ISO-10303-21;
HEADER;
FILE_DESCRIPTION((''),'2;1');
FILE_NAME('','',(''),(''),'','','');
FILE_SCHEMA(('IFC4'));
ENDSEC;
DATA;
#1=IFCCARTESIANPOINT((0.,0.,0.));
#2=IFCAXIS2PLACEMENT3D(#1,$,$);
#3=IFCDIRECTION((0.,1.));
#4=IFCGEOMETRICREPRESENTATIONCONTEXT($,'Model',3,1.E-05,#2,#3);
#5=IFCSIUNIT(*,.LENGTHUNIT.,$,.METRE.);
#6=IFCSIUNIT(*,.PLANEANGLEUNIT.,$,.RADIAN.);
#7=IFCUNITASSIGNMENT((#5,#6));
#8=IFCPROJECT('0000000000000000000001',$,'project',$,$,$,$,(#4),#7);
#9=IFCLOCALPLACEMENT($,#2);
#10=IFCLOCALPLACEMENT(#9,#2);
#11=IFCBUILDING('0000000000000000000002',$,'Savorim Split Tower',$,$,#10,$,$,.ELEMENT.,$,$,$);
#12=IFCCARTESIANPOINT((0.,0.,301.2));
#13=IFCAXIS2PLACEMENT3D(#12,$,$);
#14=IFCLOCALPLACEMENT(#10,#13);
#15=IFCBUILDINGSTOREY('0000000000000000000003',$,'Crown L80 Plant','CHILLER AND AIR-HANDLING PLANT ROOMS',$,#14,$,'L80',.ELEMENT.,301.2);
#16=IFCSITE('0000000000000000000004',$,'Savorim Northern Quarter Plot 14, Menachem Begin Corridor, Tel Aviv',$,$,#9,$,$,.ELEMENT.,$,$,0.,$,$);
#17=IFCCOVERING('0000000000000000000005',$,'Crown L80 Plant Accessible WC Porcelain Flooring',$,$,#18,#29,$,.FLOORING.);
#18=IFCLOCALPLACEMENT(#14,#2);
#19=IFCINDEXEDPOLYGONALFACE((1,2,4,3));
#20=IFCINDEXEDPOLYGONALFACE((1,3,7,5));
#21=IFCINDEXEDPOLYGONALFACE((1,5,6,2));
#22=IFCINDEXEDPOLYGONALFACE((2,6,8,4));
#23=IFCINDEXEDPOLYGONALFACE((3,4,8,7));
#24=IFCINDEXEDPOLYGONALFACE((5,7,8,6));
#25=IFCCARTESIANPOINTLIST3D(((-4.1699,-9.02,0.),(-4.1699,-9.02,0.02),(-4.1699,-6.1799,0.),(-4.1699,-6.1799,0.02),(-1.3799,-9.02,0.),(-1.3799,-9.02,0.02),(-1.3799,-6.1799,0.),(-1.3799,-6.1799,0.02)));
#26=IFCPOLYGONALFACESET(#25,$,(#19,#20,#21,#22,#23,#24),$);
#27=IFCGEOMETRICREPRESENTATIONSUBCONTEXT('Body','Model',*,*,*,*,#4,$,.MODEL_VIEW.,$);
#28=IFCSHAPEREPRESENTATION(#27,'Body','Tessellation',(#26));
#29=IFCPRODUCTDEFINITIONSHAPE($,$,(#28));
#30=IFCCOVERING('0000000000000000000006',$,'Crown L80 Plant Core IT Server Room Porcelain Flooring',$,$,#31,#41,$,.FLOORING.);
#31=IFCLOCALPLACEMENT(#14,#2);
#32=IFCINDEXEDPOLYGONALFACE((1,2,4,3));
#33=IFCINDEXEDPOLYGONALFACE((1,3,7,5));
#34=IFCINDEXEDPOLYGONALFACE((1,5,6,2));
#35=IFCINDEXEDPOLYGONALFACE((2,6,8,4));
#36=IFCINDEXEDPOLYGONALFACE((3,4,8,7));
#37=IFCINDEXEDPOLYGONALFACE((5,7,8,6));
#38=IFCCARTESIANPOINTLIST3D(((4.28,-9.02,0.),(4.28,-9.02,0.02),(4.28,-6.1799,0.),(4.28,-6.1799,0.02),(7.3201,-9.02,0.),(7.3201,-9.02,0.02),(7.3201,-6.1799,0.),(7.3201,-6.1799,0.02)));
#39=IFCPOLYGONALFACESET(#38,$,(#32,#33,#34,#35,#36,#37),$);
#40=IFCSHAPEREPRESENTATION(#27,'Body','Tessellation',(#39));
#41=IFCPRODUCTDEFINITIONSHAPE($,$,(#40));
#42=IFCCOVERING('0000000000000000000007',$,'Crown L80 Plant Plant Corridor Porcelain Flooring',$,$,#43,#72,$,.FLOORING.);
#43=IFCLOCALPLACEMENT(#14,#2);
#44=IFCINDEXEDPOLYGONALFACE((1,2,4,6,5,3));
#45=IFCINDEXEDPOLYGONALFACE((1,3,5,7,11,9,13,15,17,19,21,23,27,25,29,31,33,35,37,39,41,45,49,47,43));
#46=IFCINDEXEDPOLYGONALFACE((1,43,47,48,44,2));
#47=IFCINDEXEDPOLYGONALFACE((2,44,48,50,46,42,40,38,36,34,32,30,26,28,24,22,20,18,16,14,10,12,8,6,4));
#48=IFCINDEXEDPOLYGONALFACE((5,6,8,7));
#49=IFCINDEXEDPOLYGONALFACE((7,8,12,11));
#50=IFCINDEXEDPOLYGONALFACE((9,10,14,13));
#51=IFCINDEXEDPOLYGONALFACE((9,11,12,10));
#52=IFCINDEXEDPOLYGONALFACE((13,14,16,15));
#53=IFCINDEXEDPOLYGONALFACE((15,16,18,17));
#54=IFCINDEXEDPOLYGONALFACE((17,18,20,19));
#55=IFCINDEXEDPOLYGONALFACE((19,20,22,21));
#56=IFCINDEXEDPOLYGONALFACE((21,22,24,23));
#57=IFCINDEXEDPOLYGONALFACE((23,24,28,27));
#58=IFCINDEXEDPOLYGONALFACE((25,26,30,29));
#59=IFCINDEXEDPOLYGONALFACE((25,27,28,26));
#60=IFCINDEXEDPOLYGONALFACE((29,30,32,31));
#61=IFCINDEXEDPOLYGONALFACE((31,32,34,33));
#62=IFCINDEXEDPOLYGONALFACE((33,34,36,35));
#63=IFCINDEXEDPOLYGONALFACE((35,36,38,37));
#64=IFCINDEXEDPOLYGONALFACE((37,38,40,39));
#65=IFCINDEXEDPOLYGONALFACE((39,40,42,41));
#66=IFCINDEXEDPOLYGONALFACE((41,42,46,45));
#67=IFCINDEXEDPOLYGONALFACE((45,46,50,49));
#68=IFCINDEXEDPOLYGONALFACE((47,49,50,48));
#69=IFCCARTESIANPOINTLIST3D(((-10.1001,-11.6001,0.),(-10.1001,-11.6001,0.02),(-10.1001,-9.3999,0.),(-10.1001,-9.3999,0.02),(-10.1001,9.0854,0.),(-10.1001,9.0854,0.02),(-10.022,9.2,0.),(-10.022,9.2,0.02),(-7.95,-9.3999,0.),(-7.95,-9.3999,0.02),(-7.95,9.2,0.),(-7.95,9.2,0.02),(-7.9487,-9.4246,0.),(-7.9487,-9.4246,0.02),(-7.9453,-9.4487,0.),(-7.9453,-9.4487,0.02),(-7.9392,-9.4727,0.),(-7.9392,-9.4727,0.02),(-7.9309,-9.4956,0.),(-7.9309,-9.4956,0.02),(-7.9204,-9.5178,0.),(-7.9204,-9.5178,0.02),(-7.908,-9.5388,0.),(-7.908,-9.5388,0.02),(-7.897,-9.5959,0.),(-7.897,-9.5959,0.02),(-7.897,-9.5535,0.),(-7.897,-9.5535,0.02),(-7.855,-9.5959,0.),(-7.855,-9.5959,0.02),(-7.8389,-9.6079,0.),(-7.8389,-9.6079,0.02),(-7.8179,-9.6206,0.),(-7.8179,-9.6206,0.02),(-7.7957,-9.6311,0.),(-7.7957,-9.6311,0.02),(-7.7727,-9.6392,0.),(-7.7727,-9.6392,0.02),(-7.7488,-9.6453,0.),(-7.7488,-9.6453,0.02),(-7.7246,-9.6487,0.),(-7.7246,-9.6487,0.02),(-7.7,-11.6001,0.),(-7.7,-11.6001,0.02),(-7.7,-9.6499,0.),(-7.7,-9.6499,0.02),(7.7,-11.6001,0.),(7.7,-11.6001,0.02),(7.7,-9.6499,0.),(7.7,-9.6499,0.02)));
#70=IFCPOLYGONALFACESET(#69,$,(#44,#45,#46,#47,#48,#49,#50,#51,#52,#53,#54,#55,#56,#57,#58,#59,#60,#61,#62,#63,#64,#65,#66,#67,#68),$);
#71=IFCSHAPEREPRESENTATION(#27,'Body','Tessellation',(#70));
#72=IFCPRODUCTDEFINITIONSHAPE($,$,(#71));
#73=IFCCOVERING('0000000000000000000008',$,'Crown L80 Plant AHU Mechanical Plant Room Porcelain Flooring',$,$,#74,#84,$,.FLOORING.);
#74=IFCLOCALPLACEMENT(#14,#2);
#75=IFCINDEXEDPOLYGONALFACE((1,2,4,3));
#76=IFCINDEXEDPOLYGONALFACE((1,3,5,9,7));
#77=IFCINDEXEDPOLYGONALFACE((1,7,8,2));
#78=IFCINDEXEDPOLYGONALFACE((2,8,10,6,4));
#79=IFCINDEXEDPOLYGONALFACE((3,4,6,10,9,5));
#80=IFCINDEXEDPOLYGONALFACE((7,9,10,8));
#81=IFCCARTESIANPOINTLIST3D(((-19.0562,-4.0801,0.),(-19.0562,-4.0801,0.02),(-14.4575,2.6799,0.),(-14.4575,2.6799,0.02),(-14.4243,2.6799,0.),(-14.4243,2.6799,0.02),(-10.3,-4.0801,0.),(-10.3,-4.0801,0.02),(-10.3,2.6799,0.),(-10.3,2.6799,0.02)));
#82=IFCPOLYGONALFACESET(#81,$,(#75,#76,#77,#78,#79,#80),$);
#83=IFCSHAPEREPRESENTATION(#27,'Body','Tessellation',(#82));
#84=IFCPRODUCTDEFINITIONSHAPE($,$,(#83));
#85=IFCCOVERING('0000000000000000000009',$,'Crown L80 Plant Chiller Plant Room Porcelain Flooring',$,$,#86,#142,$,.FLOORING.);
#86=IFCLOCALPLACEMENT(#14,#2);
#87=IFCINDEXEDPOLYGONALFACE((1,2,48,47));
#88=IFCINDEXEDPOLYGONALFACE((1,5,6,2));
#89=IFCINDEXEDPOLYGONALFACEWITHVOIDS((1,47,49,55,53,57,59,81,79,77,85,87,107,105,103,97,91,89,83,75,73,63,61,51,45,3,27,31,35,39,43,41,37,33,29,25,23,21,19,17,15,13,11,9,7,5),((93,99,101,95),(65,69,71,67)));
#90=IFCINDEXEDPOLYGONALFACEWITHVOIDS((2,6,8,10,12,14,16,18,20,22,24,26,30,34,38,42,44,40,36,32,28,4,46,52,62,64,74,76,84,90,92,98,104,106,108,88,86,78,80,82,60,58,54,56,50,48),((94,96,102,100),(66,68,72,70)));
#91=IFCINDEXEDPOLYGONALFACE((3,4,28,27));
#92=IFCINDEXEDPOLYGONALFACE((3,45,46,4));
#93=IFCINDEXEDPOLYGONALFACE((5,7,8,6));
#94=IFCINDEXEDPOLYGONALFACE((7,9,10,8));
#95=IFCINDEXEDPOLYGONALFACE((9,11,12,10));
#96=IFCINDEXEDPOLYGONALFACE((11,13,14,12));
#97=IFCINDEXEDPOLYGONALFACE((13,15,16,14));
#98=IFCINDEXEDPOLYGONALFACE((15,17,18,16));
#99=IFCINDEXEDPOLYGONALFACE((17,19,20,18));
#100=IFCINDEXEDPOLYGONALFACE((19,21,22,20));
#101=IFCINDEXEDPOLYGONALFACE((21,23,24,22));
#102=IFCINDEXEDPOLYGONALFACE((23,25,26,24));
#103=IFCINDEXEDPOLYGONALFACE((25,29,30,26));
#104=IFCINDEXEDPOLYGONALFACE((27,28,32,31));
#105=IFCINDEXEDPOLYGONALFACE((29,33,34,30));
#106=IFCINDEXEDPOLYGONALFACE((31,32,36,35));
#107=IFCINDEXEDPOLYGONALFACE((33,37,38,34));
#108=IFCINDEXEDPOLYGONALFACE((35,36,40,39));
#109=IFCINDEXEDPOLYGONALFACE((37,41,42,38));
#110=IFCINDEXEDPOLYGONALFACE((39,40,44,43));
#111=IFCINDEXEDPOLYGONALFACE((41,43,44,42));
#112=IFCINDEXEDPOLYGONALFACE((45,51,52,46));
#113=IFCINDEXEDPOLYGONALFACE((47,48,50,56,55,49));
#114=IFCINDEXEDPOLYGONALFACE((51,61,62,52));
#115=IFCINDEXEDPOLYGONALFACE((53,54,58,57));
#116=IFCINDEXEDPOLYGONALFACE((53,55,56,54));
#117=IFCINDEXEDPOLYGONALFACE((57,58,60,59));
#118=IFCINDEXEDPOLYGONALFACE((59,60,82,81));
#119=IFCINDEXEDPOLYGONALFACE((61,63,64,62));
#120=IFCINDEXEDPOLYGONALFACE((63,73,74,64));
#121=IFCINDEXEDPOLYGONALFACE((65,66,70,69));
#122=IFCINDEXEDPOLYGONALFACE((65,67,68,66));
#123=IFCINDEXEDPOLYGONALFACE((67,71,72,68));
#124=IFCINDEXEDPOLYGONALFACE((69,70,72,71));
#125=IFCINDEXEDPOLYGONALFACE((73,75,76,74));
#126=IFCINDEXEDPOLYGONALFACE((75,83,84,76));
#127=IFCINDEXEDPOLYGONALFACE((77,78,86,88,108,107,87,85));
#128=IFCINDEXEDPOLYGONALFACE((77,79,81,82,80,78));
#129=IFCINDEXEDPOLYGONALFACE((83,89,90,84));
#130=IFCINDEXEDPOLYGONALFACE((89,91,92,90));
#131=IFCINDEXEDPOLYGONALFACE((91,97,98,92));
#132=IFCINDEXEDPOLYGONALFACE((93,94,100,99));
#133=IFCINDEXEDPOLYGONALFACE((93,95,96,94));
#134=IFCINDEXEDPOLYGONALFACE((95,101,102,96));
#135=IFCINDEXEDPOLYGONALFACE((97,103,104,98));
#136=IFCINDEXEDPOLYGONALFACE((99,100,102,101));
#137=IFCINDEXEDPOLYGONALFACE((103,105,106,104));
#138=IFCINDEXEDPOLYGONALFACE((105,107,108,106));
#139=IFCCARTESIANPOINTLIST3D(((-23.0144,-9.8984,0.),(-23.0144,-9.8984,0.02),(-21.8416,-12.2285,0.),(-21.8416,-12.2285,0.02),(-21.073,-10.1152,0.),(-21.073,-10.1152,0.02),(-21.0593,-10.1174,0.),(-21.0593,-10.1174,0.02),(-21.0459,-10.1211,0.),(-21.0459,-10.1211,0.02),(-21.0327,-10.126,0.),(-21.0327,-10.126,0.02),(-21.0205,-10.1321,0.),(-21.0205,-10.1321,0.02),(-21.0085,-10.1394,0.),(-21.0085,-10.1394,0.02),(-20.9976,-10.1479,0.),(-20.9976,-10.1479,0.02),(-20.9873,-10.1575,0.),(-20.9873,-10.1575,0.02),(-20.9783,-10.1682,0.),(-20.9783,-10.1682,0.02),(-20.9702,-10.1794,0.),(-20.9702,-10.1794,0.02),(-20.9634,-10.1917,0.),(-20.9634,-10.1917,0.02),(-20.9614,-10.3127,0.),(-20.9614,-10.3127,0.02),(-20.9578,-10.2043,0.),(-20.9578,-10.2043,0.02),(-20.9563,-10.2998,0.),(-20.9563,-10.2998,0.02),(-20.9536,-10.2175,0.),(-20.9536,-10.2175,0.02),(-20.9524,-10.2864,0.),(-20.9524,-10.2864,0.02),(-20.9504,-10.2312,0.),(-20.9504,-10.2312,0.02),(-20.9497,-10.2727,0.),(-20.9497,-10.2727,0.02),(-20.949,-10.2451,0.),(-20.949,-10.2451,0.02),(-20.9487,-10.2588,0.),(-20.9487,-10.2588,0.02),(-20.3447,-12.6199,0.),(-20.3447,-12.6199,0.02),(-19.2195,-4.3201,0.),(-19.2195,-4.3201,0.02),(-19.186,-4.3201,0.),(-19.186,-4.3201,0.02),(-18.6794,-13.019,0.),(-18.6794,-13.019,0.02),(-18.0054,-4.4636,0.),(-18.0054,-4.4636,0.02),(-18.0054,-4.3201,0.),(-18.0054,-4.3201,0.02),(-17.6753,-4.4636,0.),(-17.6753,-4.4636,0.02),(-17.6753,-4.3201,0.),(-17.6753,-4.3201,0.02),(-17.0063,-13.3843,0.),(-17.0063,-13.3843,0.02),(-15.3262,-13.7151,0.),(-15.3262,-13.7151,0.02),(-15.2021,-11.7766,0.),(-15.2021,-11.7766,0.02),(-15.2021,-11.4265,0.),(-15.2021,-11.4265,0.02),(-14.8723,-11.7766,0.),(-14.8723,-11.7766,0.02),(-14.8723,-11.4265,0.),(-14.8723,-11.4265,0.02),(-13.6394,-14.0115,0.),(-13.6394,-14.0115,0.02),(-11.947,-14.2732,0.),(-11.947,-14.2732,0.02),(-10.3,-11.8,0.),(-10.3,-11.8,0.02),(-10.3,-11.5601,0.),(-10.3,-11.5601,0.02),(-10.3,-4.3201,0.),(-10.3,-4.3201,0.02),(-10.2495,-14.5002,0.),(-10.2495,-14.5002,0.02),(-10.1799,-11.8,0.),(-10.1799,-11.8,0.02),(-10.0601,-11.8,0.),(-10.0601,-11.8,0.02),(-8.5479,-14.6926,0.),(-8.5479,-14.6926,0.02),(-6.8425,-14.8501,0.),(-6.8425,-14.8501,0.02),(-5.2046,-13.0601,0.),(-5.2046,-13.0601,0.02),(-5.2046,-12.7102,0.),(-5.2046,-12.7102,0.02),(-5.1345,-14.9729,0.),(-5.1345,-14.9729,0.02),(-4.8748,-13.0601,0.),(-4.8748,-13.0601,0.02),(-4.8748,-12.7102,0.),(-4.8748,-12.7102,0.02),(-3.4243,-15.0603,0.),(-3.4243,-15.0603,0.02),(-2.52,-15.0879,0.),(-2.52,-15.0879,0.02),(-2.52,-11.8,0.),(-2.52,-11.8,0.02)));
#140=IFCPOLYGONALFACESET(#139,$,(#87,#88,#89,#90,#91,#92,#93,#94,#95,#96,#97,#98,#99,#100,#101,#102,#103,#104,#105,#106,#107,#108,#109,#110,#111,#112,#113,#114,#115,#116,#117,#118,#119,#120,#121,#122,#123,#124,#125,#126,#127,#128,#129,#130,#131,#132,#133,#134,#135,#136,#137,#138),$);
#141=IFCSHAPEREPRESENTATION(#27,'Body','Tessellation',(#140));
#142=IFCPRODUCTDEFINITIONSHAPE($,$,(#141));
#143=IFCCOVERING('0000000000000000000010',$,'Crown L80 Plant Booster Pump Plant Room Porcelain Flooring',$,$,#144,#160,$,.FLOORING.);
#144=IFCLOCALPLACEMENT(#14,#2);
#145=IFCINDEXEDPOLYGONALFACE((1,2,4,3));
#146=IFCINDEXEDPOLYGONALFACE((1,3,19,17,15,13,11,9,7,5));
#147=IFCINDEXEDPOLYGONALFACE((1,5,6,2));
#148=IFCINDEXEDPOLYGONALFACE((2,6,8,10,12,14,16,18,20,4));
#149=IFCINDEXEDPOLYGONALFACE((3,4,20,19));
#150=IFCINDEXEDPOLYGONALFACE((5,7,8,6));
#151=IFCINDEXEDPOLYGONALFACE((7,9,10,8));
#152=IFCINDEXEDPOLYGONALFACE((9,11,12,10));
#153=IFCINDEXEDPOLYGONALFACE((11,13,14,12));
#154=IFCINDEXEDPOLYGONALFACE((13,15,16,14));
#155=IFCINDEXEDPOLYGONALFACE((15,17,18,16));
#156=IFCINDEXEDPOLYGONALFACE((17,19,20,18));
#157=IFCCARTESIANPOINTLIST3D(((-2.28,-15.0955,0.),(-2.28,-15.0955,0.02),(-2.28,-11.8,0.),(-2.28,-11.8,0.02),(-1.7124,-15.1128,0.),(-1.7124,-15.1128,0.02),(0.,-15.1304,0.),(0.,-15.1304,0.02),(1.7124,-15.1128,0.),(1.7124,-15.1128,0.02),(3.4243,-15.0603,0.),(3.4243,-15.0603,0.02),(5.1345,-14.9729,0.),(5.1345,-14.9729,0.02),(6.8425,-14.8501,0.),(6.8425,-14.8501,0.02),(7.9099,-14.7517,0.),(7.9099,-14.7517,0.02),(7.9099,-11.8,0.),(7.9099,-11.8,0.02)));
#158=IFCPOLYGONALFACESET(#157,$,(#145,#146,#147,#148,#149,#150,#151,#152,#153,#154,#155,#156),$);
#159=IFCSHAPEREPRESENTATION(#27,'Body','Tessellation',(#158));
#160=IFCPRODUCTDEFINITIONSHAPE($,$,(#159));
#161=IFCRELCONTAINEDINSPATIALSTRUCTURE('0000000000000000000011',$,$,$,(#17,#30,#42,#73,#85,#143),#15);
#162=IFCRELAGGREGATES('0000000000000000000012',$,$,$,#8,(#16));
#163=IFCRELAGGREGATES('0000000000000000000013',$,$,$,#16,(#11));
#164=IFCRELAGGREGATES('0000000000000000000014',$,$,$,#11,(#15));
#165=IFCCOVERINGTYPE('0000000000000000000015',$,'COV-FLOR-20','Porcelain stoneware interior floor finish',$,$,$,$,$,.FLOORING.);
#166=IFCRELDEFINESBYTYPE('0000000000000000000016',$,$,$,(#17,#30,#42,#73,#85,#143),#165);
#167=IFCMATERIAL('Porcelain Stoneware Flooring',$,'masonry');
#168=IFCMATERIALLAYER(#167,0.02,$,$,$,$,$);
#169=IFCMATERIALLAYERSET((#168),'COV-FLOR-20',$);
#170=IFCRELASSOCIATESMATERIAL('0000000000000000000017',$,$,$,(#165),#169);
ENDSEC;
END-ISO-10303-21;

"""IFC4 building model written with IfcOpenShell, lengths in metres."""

from ifc_helpers import new_model, si_unit, direction, frame, origin, place, context, subcontext, project, spatial, polyline, outline, extrude, material, layer, layer_set, type_object, element, save


model = new_model("IFC4")

# Units and contexts
model_context = context("Model", 3, precision=1e-05, world=origin(), true_north=direction((0.0, 1.0)))
body_context = subcontext(model_context, "Body", "Model", "MODEL_VIEW")
ifc_project = project(units=[si_unit("LENGTHUNIT", "METRE"), si_unit("PLANEANGLEUNIT", "RADIAN")], contexts=[model_context])

# Site, building, storey
site_placement = place(None, origin())
site = spatial("IfcSite", under=ifc_project, at=site_placement, Name="Savorim Northern Quarter Plot 14, Menachem Begin Corridor, Tel Aviv", CompositionType="ELEMENT", RefElevation=0.0)
building_placement = place(site_placement, origin())
building = spatial("IfcBuilding", under=site, at=building_placement, Name="Savorim Split Tower", CompositionType="ELEMENT")
storey_placement = place(building_placement, frame((0.0, 0.0, 301.2)))
storey = spatial("IfcBuildingStorey", under=building, at=storey_placement, Name="Crown L80 Plant", Description="CHILLER AND AIR-HANDLING PLANT ROOMS", LongName="L80", CompositionType="ELEMENT", Elevation=301.2)

# Coverings
ifc_material_1 = material(Name="Porcelain Stoneware Flooring", Category="masonry")
ifc_layer_1 = layer(ifc_material_1, 0.02)
ifc_layer_set_1 = layer_set([ifc_layer_1], Name="COV-FLOR-20")
covering_type_1 = type_object("IfcCoveringType", Name="COV-FLOR-20", Description="Porcelain stoneware interior floor finish", PredefinedType="FLOORING", material=ifc_layer_set_1)
covering_1_placement = place(storey_placement, origin())
element("IfcCovering", 1, at=covering_1_placement, inside=storey, type_object=covering_type_1, Name="Crown L80 Plant Accessible WC Porcelain Flooring", PredefinedType="FLOORING", context=body_context, shape_type="SweptSolid", body=[
    extrude(outline(polyline([(-4.1699, -6.1799), (-4.1699, -9.02), (-1.3799, -9.02), (-1.3799, -6.1799), (-4.1699, -6.1799)])), origin(), (0.0, 0.0, 1.0), 0.02),
])
covering_2_placement = place(storey_placement, origin())
element("IfcCovering", 2, at=covering_2_placement, inside=storey, type_object=covering_type_1, Name="Crown L80 Plant Core IT Server Room Porcelain Flooring", PredefinedType="FLOORING", context=body_context, shape_type="SweptSolid", body=[
    extrude(outline(polyline([(4.28, -6.1799), (4.28, -9.02), (7.3201, -9.02), (7.3201, -6.1799), (4.28, -6.1799)])), origin(), (0.0, 0.0, 1.0), 0.02),
])
covering_3_placement = place(storey_placement, origin())
element("IfcCovering", 3, at=covering_3_placement, inside=storey, type_object=covering_type_1, Name="Crown L80 Plant Plant Corridor Porcelain Flooring", PredefinedType="FLOORING", context=body_context, shape_type="SweptSolid", body=[
    extrude(outline(polyline([(-10.1001, -11.6001), (-7.7, -11.6001), (7.7, -11.6001), (7.7, -9.6499), (-7.7, -9.6499), (-7.7246, -9.6487), (-7.7488, -9.6453), (-7.7727, -9.6392), (-7.7957, -9.6311), (-7.8179, -9.6206), (-7.8389, -9.6079), (-7.855, -9.5959), (-7.897, -9.5959), (-7.897, -9.5535), (-7.908, -9.5388), (-7.9204, -9.5178), (-7.9309, -9.4956), (-7.9392, -9.4727), (-7.9453, -9.4487), (-7.9487, -9.4246), (-7.95, -9.3999), (-7.95, 9.2), (-10.022, 9.2), (-10.1001, 9.0854), (-10.1001, -9.3999), (-10.1001, -11.6001)])), origin(), (0.0, 0.0, 1.0), 0.02),
])
covering_4_placement = place(storey_placement, origin())
element("IfcCovering", 4, at=covering_4_placement, inside=storey, type_object=covering_type_1, Name="Crown L80 Plant AHU Mechanical Plant Room Porcelain Flooring", PredefinedType="FLOORING", context=body_context, shape_type="SweptSolid", body=[
    extrude(outline(polyline([(-10.3, 2.6799), (-14.4243, 2.6799), (-14.4575, 2.6799), (-19.0562, -4.0801), (-10.3, -4.0801), (-10.3, 2.6799)])), origin(), (0.0, 0.0, 1.0), 0.02),
])
covering_5_placement = place(storey_placement, origin())
element("IfcCovering", 5, at=covering_5_placement, inside=storey, type_object=covering_type_1, Name="Crown L80 Plant Chiller Plant Room Porcelain Flooring", PredefinedType="FLOORING", context=body_context, shape_type="SweptSolid", body=[
    extrude(outline(polyline([(-6.8425, -14.8501), (-5.1345, -14.9729), (-3.4243, -15.0603), (-2.52, -15.0879), (-2.52, -11.8), (-10.0601, -11.8), (-10.1799, -11.8), (-10.3, -11.8), (-10.3, -11.5601), (-10.3, -4.3201), (-17.6753, -4.3201), (-17.6753, -4.4636), (-18.0054, -4.4636), (-18.0054, -4.3201), (-19.186, -4.3201), (-19.2195, -4.3201), (-23.0144, -9.8984), (-21.073, -10.1152), (-21.0593, -10.1174), (-21.0459, -10.1211), (-21.0327, -10.126), (-21.0205, -10.1321), (-21.0085, -10.1394), (-20.9976, -10.1479), (-20.9873, -10.1575), (-20.9783, -10.1682), (-20.9702, -10.1794), (-20.9634, -10.1917), (-20.9578, -10.2043), (-20.9536, -10.2175), (-20.9504, -10.2312), (-20.949, -10.2451), (-20.9487, -10.2588), (-20.9497, -10.2727), (-20.9524, -10.2864), (-20.9563, -10.2998), (-20.9614, -10.3127), (-21.8416, -12.2285), (-20.3447, -12.6199), (-18.6794, -13.019), (-17.0063, -13.3843), (-15.3262, -13.7151), (-13.6394, -14.0115), (-11.947, -14.2732), (-10.2495, -14.5002), (-8.5479, -14.6926), (-6.8425, -14.8501)]), holes=[polyline([(-14.8723, -11.7766), (-14.8723, -11.4265), (-15.2021, -11.4265), (-15.2021, -11.7766), (-14.8723, -11.7766)]), polyline([(-4.8748, -13.0601), (-4.8748, -12.7102), (-5.2046, -12.7102), (-5.2046, -13.0601), (-4.8748, -13.0601)])]), origin(), (0.0, 0.0, 1.0), 0.02),
])
covering_6_placement = place(storey_placement, origin())
element("IfcCovering", 6, at=covering_6_placement, inside=storey, type_object=covering_type_1, Name="Crown L80 Plant Booster Pump Plant Room Porcelain Flooring", PredefinedType="FLOORING", context=body_context, shape_type="SweptSolid", body=[
    extrude(outline(polyline([(3.4243, -15.0603), (5.1345, -14.9729), (6.8425, -14.8501), (7.9099, -14.7517), (7.9099, -11.8), (-2.28, -11.8), (-2.28, -15.0955), (-1.7124, -15.1128), (0.0, -15.1304), (1.7124, -15.1128), (3.4243, -15.0603)])), origin(), (0.0, 0.0, 1.0), 0.02),
])

save(model, "model.ifc")
